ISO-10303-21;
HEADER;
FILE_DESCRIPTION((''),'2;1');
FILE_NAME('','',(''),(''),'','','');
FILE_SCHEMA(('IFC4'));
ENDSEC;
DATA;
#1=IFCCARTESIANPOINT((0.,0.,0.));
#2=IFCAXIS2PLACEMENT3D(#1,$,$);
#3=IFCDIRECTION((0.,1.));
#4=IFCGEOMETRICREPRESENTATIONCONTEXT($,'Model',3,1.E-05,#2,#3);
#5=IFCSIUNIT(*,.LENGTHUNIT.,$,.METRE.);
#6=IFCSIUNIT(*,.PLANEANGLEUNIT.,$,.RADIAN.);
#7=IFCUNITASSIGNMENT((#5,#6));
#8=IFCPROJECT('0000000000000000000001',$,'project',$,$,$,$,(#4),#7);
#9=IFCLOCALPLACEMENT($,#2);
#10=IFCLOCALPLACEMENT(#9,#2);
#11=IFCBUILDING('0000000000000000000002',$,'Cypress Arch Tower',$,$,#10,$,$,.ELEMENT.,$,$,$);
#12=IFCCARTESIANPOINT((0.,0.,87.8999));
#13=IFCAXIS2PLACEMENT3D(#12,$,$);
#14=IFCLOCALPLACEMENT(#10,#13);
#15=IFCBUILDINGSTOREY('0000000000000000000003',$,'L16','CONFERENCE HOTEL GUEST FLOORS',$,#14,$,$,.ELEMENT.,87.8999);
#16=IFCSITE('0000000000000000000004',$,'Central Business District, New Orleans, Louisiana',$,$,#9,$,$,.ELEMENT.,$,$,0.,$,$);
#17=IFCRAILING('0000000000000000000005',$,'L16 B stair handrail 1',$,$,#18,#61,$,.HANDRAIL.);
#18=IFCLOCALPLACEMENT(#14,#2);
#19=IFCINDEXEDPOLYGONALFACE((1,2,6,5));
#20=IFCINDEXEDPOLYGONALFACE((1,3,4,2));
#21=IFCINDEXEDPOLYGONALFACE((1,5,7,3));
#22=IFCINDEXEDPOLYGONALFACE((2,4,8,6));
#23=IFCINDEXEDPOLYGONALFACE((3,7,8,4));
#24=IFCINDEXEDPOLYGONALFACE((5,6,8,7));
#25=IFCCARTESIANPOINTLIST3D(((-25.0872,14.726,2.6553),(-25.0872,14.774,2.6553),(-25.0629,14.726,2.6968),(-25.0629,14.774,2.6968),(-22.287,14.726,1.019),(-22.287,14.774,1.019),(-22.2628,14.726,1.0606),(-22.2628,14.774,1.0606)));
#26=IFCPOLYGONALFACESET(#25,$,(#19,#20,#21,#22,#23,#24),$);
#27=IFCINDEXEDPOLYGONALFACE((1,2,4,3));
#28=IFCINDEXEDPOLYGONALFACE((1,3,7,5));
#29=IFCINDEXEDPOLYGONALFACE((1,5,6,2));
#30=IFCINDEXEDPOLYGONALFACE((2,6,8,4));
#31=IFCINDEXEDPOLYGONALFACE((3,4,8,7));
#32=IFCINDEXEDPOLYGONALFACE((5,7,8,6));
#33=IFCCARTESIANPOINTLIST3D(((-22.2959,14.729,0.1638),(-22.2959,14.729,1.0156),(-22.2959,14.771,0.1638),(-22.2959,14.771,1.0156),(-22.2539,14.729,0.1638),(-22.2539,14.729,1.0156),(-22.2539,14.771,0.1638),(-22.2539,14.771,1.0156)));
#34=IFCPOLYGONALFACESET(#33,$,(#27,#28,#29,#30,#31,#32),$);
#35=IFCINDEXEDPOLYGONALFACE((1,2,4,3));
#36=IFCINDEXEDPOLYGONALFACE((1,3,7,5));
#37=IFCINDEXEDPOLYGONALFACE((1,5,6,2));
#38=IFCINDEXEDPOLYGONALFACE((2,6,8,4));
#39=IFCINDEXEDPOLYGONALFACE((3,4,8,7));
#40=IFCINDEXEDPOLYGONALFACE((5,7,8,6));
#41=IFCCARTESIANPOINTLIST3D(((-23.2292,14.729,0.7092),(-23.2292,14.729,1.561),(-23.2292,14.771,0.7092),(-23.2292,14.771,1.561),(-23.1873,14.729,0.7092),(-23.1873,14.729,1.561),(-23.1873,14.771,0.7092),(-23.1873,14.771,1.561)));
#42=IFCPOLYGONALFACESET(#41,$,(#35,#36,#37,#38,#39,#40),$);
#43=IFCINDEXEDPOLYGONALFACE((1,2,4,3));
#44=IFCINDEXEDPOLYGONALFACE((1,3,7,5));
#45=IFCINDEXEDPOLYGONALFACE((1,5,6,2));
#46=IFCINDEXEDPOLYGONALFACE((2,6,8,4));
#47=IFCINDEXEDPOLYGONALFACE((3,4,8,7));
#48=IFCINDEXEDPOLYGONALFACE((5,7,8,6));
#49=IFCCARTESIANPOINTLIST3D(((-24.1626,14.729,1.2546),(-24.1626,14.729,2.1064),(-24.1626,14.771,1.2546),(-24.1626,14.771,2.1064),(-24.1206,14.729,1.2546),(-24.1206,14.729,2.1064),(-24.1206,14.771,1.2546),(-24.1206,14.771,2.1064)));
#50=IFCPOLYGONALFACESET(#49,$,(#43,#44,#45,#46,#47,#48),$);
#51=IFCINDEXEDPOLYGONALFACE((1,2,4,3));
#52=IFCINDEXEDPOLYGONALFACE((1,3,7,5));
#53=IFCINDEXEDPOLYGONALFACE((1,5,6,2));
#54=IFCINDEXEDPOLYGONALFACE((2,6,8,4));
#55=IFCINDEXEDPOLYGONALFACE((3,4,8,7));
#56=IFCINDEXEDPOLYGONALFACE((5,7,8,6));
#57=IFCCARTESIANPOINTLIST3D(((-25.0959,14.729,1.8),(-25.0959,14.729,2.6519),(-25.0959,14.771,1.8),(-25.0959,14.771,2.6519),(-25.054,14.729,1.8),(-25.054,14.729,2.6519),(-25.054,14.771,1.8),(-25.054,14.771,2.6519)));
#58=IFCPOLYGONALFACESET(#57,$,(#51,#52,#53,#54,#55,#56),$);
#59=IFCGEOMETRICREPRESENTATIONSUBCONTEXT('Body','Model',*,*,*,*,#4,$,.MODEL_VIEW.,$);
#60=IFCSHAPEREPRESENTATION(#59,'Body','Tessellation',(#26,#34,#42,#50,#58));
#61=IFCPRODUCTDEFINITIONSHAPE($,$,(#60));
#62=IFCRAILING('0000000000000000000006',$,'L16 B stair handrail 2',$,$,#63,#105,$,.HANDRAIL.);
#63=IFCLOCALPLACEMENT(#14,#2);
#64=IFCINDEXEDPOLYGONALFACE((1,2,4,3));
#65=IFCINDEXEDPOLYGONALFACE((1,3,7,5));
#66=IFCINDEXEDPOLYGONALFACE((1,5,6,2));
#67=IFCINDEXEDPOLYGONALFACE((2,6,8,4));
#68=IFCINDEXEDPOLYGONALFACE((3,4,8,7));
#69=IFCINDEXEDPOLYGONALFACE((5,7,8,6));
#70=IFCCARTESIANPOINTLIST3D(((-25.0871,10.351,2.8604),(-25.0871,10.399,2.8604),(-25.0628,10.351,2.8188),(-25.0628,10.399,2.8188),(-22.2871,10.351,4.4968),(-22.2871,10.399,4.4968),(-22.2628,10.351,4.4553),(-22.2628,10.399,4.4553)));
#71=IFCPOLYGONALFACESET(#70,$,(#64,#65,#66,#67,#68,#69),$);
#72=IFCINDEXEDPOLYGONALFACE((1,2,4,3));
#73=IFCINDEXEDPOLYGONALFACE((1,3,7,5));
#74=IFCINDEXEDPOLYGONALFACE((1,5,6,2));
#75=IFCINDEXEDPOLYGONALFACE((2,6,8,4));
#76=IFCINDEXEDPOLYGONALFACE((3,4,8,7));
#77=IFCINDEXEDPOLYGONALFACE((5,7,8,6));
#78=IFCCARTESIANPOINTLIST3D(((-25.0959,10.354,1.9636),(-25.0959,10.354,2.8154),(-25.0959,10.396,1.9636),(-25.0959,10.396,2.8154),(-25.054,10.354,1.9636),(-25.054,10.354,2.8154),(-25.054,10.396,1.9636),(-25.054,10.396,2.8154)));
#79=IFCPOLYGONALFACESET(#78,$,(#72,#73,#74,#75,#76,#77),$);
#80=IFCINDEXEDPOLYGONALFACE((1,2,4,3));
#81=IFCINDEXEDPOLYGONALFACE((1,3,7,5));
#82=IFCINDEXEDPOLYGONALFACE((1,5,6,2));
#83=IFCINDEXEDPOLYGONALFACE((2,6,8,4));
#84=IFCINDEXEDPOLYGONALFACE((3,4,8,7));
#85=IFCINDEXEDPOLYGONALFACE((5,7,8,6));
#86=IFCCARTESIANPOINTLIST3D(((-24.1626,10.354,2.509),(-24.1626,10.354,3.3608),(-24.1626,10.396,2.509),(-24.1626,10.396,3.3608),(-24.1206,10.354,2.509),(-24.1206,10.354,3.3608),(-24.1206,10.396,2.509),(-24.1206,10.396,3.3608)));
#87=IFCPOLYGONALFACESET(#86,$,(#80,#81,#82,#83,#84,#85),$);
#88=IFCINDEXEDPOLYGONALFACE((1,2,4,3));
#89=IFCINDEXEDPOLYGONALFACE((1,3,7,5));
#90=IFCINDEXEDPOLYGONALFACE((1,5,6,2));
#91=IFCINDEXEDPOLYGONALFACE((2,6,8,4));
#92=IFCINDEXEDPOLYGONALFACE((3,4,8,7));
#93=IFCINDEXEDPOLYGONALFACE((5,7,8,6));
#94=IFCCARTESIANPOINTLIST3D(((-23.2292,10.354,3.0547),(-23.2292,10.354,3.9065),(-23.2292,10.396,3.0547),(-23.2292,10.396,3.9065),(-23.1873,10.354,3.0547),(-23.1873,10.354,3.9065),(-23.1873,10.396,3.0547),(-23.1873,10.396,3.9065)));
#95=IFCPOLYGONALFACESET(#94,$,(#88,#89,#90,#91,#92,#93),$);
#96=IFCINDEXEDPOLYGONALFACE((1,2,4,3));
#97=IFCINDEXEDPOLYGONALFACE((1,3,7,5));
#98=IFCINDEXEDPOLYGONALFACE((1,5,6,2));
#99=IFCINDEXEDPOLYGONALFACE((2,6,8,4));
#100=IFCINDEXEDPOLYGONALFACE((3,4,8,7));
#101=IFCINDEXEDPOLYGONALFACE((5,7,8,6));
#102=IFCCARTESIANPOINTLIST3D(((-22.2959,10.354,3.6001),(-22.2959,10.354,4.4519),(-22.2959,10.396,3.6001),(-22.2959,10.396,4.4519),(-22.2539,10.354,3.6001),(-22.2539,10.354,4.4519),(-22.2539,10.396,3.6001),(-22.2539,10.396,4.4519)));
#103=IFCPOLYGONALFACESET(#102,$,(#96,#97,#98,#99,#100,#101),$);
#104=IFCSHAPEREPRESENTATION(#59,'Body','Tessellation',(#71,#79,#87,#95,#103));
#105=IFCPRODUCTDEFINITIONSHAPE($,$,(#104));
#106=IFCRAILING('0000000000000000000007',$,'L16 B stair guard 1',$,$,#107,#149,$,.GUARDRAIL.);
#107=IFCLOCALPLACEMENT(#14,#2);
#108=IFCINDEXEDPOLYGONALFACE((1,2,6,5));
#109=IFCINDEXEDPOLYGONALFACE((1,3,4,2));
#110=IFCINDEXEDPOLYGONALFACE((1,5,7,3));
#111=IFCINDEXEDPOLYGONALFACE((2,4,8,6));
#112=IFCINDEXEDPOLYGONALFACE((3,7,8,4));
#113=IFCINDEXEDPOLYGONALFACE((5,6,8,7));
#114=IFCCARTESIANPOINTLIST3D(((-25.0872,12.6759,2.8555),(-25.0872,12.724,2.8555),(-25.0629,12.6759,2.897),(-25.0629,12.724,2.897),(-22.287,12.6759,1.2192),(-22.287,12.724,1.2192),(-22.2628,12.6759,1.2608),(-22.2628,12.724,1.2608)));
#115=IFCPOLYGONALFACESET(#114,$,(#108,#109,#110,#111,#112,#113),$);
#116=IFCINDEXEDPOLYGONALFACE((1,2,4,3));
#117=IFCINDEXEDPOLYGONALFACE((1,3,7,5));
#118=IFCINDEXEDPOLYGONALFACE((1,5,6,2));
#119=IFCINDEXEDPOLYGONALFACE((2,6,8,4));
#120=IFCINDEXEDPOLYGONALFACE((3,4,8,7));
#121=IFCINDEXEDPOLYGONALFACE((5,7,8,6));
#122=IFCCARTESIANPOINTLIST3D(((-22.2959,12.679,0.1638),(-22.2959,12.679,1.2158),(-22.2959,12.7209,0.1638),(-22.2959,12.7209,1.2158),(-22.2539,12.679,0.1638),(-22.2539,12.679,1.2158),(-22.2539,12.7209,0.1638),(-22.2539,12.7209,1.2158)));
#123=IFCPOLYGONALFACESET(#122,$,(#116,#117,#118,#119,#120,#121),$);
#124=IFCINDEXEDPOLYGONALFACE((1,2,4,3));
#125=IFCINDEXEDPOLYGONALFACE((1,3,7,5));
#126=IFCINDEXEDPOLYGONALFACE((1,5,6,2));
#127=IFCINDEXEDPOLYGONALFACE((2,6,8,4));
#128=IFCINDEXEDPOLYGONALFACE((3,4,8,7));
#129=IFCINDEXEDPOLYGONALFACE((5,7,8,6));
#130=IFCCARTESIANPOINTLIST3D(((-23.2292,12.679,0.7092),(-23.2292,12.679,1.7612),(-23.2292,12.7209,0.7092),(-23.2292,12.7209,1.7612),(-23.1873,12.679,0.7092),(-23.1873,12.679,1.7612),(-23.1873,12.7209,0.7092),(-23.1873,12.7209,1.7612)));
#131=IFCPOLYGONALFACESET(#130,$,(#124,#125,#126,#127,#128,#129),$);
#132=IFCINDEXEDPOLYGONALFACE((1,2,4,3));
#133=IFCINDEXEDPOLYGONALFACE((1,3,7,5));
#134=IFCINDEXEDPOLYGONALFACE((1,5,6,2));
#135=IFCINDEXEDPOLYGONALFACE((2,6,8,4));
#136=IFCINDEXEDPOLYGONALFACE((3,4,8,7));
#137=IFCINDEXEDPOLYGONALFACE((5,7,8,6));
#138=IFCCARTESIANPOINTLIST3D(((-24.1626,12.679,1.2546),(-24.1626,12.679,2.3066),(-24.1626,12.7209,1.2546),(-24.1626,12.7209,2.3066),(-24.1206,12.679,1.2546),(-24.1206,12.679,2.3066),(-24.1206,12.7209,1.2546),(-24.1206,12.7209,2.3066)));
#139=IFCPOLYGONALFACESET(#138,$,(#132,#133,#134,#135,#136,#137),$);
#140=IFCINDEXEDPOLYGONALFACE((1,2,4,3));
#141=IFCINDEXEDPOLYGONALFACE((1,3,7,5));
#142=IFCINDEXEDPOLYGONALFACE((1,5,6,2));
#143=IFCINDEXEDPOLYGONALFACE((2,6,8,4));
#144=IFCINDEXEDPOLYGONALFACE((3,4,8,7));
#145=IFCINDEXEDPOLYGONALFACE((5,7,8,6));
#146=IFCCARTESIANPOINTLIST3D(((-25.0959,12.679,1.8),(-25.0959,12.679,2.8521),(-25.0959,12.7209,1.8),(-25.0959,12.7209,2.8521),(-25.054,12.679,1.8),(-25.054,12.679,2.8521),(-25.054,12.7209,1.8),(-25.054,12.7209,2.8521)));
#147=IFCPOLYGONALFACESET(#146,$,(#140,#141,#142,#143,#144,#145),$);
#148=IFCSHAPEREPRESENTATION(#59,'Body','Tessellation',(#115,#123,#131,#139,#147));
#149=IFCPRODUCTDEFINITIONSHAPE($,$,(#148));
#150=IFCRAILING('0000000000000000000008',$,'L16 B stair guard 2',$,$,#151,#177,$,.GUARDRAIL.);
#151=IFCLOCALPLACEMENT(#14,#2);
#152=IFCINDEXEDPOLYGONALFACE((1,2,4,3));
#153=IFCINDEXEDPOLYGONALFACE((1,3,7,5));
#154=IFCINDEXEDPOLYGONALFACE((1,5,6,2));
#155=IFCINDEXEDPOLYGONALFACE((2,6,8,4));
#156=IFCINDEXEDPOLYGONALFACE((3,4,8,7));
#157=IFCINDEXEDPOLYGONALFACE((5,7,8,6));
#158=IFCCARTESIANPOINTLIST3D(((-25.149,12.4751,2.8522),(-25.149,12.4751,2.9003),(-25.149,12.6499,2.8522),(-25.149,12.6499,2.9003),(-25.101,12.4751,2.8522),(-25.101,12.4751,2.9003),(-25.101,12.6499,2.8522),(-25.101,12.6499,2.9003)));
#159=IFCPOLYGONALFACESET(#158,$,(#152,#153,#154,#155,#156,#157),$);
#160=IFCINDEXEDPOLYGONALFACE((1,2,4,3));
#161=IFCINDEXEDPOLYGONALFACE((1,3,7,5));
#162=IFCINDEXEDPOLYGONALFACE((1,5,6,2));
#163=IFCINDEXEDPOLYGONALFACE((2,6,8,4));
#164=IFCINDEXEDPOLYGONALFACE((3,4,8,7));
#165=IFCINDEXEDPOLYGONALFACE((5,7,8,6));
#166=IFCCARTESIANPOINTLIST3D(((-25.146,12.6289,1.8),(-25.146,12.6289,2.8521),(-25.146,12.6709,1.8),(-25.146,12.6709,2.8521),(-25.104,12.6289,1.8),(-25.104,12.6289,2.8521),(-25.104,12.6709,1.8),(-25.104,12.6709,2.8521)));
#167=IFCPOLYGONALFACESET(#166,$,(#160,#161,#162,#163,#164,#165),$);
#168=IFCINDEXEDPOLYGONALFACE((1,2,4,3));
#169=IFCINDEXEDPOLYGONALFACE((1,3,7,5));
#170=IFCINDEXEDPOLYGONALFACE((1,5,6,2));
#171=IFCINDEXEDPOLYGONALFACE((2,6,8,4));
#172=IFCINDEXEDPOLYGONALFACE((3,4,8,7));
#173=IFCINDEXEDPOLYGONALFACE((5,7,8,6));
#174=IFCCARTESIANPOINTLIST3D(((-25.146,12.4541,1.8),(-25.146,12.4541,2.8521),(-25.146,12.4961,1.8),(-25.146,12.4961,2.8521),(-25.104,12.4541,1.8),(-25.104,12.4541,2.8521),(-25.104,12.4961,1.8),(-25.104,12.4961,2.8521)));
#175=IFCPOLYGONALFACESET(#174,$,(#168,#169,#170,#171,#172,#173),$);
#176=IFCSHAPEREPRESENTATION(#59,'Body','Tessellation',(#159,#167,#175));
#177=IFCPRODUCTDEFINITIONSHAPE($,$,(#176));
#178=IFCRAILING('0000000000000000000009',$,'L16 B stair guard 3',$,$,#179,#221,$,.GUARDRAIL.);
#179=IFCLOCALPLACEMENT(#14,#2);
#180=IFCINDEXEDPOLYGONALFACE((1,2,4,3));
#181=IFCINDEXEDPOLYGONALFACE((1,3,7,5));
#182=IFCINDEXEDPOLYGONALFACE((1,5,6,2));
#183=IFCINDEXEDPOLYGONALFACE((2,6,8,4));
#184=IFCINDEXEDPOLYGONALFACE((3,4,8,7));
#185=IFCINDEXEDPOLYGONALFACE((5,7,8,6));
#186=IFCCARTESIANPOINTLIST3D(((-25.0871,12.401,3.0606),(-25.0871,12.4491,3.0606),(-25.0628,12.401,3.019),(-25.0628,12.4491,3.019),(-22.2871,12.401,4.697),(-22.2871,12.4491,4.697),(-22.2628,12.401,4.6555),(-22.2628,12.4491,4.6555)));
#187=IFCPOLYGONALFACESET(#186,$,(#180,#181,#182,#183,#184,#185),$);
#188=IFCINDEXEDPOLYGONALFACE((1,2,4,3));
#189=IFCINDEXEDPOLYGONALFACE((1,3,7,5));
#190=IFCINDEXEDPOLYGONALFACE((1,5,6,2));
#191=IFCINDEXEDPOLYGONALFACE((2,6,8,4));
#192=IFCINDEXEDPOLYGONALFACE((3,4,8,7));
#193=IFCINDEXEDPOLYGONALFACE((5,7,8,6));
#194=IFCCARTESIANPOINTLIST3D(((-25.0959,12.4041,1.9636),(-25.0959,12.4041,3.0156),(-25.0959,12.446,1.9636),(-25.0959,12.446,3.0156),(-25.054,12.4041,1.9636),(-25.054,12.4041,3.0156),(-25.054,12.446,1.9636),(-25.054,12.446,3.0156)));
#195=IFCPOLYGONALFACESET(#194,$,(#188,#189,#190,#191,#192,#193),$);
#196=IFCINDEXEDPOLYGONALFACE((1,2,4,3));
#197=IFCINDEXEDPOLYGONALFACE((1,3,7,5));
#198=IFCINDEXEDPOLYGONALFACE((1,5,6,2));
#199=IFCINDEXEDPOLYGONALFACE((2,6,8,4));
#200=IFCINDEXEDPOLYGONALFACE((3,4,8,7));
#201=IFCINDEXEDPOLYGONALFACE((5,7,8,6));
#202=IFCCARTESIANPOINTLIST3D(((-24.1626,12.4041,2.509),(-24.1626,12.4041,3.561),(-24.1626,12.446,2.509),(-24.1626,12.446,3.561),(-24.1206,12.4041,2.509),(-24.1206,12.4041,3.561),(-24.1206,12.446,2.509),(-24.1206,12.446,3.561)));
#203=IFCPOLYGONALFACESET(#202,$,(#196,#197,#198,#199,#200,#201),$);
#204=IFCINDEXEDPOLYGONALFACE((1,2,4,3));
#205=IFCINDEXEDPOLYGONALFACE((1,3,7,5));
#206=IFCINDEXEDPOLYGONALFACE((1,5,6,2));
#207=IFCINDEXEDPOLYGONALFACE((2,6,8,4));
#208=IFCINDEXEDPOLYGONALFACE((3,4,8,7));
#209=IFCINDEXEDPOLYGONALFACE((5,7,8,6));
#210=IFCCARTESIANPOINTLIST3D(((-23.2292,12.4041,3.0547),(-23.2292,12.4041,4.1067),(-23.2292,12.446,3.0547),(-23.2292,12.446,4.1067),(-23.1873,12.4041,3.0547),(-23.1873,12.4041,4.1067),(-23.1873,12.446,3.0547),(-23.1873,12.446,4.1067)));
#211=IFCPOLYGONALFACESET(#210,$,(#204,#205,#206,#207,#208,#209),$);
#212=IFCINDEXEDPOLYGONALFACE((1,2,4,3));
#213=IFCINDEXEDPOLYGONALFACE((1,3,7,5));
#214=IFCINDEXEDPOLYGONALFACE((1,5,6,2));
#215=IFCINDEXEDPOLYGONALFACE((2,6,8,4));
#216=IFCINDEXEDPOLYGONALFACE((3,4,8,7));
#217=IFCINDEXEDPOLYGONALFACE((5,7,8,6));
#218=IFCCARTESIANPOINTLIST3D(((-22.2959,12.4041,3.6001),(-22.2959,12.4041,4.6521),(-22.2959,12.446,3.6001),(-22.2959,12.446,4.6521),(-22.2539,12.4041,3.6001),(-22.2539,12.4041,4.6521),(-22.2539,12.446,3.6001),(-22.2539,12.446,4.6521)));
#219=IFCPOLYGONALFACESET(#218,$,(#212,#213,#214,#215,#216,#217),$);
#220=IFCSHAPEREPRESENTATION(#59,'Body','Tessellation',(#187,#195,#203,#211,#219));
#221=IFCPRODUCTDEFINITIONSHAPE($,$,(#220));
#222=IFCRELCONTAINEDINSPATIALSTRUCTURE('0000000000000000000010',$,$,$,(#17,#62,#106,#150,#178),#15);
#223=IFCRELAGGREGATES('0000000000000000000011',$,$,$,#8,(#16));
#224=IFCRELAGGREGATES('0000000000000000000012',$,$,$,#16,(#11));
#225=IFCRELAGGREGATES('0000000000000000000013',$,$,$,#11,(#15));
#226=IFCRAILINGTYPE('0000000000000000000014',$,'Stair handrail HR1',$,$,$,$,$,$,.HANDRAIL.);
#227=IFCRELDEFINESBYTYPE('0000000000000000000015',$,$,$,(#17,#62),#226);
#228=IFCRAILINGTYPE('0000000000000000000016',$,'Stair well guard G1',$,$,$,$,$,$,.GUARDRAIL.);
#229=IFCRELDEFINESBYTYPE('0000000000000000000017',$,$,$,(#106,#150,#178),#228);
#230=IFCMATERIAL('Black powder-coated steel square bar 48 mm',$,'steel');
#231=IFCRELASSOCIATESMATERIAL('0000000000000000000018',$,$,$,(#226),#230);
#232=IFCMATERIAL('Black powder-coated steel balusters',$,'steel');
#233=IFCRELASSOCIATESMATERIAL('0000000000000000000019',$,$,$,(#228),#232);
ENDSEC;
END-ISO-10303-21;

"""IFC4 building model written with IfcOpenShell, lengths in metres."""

from ifc_helpers import new_model, si_unit, direction, frame, origin, origin_2d, place, context, subcontext, project, spatial, rectangle, extrude, material, type_object, element, save


model = new_model("IFC4")

# Units and contexts
model_context = context("Model", 3, precision=1e-05, world=origin(), true_north=direction((0.0, 1.0)))
body_context = subcontext(model_context, "Body", "Model", "MODEL_VIEW")
ifc_project = project(units=[si_unit("LENGTHUNIT", "METRE"), si_unit("PLANEANGLEUNIT", "RADIAN")], contexts=[model_context])

# Site, building, storey
site_placement = place(None, origin())
site = spatial("IfcSite", under=ifc_project, at=site_placement, Name="Central Business District, New Orleans, Louisiana", CompositionType="ELEMENT", RefElevation=0.0)
building_placement = place(site_placement, origin())
building = spatial("IfcBuilding", under=site, at=building_placement, Name="Cypress Arch Tower", CompositionType="ELEMENT")
storey_placement = place(building_placement, frame((0.0, 0.0, 87.8999)))
storey = spatial("IfcBuildingStorey", under=building, at=storey_placement, Name="L16", Description="CONFERENCE HOTEL GUEST FLOORS", CompositionType="ELEMENT", Elevation=87.8999)

# Railings
ifc_material_1 = material(Name="Black powder-coated steel square bar 48 mm", Category="steel")
railing_type_1 = type_object("IfcRailingType", Name="Stair handrail HR1", PredefinedType="HANDRAIL", material=ifc_material_1)
railing_1_placement = place(storey_placement, frame((-22.2749, 14.75, 0.1638)))
element("IfcRailing", 1, at=railing_1_placement, inside=storey, type_object=railing_type_1, Name="L16 B stair handrail 1", PredefinedType="HANDRAIL", context=body_context, shape_type="SweptSolid", body=[
    extrude(rectangle(XDim=0.0481, YDim=0.0481, at=origin_2d()), frame((0.0, 0.0, 0.876), z_axis=(-0.863394, 0.0, 0.504531), x_axis=(0.0, -1.0, 0.0)), (0.0, 0.0, 1.0), 3.2432),
    extrude(rectangle(XDim=0.042, YDim=0.042, at=origin_2d()), origin(), (0.0, 0.0, 1.0), 0.8518),
    extrude(rectangle(XDim=0.042, YDim=0.042, at=origin_2d()), frame((-0.9333, 0.0, 0.5454)), (0.0, 0.0, 1.0), 0.8518),
    extrude(rectangle(XDim=0.042, YDim=0.042, at=origin_2d()), frame((-1.8667, 0.0, 1.0908)), (0.0, 0.0, 1.0), 0.8518),
    extrude(rectangle(XDim=0.042, YDim=0.042, at=origin_2d()), frame((-2.8, 0.0, 1.6362)), (0.0, 0.0, 1.0), 0.8518),
])
railing_2_placement = place(storey_placement, frame((-25.075, 10.375, 1.9636)))
element("IfcRailing", 2, at=railing_2_placement, inside=storey, type_object=railing_type_1, Name="L16 B stair handrail 2", PredefinedType="HANDRAIL", context=body_context, shape_type="SweptSolid", body=[
    extrude(rectangle(XDim=0.0481, YDim=0.0481, at=origin_2d()), frame((0.0, 0.0, 0.876), z_axis=(0.863361, 0.0, 0.504587), x_axis=(0.0, 1.0, 0.0)), (0.0, 0.0, 1.0), 3.2432),
    extrude(rectangle(XDim=0.042, YDim=0.042, at=origin_2d()), origin(), (0.0, 0.0, 1.0), 0.8518),
    extrude(rectangle(XDim=0.042, YDim=0.042, at=origin_2d()), frame((0.9333, 0.0, 0.5454)), (0.0, 0.0, 1.0), 0.8518),
    extrude(rectangle(XDim=0.042, YDim=0.042, at=origin_2d()), frame((1.8667, 0.0, 1.0911)), (0.0, 0.0, 1.0), 0.8518),
    extrude(rectangle(XDim=0.042, YDim=0.042, at=origin_2d()), frame((2.8, 0.0, 1.6365)), (0.0, 0.0, 1.0), 0.8518),
])
ifc_material_2 = material(Name="Black powder-coated steel balusters", Category="steel")
railing_type_2 = type_object("IfcRailingType", Name="Stair well guard G1", PredefinedType="GUARDRAIL", material=ifc_material_2)
railing_3_placement = place(storey_placement, frame((-22.2749, 12.7, 0.1638)))
element("IfcRailing", 3, at=railing_3_placement, inside=storey, type_object=railing_type_2, Name="L16 B stair guard 1", PredefinedType="GUARDRAIL", context=body_context, shape_type="SweptSolid", body=[
    extrude(rectangle(XDim=0.0481, YDim=0.0481, at=origin_2d()), frame((0.0, 0.0, 1.0762), z_axis=(-0.863394, 0.0, 0.504531), x_axis=(0.0, -1.0, 0.0)), (0.0, 0.0, 1.0), 3.2432),
    extrude(rectangle(XDim=0.042, YDim=0.042, at=origin_2d()), origin(), (0.0, 0.0, 1.0), 1.052),
    extrude(rectangle(XDim=0.042, YDim=0.042, at=origin_2d()), frame((-0.9333, 0.0, 0.5454)), (0.0, 0.0, 1.0), 1.052),
    extrude(rectangle(XDim=0.042, YDim=0.042, at=origin_2d()), frame((-1.8667, 0.0, 1.0908)), (0.0, 0.0, 1.0), 1.052),
    extrude(rectangle(XDim=0.042, YDim=0.042, at=origin_2d()), frame((-2.8, 0.0, 1.6362)), (0.0, 0.0, 1.0), 1.052),
])
railing_4_placement = place(storey_placement, frame((-25.125, 12.6499, 1.8)))
element("IfcRailing", 4, at=railing_4_placement, inside=storey, type_object=railing_type_2, Name="L16 B stair guard 2", PredefinedType="GUARDRAIL", context=body_context, shape_type="SweptSolid", body=[
    extrude(rectangle(XDim=0.0481, YDim=0.0481, at=origin_2d()), frame((0.0, 0.0, 1.0762), z_axis=(0.0, -1.0, 0.0), x_axis=(1.0, 0.0, 0.0)), (0.0, 0.0, 1.0), 0.1748),
    extrude(rectangle(XDim=0.042, YDim=0.042, at=origin_2d()), origin(), (0.0, 0.0, 1.0), 1.052),
    extrude(rectangle(XDim=0.042, YDim=0.042, at=origin_2d()), frame((0.0, -0.1748, 0.0)), (0.0, 0.0, 1.0), 1.052),
])
railing_5_placement = place(storey_placement, frame((-25.075, 12.425, 1.9636)))
element("IfcRailing", 5, at=railing_5_placement, inside=storey, type_object=railing_type_2, Name="L16 B stair guard 3", PredefinedType="GUARDRAIL", context=body_context, shape_type="SweptSolid", body=[
    extrude(rectangle(XDim=0.0481, YDim=0.0481, at=origin_2d()), frame((0.0, 0.0, 1.0762), z_axis=(0.863361, 0.0, 0.504587), x_axis=(0.0, 1.0, 0.0)), (0.0, 0.0, 1.0), 3.2432),
    extrude(rectangle(XDim=0.042, YDim=0.042, at=origin_2d()), origin(), (0.0, 0.0, 1.0), 1.052),
    extrude(rectangle(XDim=0.042, YDim=0.042, at=origin_2d()), frame((0.9333, 0.0, 0.5454)), (0.0, 0.0, 1.0), 1.052),
    extrude(rectangle(XDim=0.042, YDim=0.042, at=origin_2d()), frame((1.8667, 0.0, 1.0911)), (0.0, 0.0, 1.0), 1.052),
    extrude(rectangle(XDim=0.042, YDim=0.042, at=origin_2d()), frame((2.8, 0.0, 1.6365)), (0.0, 0.0, 1.0), 1.052),
])

save(model, "model.ifc")
